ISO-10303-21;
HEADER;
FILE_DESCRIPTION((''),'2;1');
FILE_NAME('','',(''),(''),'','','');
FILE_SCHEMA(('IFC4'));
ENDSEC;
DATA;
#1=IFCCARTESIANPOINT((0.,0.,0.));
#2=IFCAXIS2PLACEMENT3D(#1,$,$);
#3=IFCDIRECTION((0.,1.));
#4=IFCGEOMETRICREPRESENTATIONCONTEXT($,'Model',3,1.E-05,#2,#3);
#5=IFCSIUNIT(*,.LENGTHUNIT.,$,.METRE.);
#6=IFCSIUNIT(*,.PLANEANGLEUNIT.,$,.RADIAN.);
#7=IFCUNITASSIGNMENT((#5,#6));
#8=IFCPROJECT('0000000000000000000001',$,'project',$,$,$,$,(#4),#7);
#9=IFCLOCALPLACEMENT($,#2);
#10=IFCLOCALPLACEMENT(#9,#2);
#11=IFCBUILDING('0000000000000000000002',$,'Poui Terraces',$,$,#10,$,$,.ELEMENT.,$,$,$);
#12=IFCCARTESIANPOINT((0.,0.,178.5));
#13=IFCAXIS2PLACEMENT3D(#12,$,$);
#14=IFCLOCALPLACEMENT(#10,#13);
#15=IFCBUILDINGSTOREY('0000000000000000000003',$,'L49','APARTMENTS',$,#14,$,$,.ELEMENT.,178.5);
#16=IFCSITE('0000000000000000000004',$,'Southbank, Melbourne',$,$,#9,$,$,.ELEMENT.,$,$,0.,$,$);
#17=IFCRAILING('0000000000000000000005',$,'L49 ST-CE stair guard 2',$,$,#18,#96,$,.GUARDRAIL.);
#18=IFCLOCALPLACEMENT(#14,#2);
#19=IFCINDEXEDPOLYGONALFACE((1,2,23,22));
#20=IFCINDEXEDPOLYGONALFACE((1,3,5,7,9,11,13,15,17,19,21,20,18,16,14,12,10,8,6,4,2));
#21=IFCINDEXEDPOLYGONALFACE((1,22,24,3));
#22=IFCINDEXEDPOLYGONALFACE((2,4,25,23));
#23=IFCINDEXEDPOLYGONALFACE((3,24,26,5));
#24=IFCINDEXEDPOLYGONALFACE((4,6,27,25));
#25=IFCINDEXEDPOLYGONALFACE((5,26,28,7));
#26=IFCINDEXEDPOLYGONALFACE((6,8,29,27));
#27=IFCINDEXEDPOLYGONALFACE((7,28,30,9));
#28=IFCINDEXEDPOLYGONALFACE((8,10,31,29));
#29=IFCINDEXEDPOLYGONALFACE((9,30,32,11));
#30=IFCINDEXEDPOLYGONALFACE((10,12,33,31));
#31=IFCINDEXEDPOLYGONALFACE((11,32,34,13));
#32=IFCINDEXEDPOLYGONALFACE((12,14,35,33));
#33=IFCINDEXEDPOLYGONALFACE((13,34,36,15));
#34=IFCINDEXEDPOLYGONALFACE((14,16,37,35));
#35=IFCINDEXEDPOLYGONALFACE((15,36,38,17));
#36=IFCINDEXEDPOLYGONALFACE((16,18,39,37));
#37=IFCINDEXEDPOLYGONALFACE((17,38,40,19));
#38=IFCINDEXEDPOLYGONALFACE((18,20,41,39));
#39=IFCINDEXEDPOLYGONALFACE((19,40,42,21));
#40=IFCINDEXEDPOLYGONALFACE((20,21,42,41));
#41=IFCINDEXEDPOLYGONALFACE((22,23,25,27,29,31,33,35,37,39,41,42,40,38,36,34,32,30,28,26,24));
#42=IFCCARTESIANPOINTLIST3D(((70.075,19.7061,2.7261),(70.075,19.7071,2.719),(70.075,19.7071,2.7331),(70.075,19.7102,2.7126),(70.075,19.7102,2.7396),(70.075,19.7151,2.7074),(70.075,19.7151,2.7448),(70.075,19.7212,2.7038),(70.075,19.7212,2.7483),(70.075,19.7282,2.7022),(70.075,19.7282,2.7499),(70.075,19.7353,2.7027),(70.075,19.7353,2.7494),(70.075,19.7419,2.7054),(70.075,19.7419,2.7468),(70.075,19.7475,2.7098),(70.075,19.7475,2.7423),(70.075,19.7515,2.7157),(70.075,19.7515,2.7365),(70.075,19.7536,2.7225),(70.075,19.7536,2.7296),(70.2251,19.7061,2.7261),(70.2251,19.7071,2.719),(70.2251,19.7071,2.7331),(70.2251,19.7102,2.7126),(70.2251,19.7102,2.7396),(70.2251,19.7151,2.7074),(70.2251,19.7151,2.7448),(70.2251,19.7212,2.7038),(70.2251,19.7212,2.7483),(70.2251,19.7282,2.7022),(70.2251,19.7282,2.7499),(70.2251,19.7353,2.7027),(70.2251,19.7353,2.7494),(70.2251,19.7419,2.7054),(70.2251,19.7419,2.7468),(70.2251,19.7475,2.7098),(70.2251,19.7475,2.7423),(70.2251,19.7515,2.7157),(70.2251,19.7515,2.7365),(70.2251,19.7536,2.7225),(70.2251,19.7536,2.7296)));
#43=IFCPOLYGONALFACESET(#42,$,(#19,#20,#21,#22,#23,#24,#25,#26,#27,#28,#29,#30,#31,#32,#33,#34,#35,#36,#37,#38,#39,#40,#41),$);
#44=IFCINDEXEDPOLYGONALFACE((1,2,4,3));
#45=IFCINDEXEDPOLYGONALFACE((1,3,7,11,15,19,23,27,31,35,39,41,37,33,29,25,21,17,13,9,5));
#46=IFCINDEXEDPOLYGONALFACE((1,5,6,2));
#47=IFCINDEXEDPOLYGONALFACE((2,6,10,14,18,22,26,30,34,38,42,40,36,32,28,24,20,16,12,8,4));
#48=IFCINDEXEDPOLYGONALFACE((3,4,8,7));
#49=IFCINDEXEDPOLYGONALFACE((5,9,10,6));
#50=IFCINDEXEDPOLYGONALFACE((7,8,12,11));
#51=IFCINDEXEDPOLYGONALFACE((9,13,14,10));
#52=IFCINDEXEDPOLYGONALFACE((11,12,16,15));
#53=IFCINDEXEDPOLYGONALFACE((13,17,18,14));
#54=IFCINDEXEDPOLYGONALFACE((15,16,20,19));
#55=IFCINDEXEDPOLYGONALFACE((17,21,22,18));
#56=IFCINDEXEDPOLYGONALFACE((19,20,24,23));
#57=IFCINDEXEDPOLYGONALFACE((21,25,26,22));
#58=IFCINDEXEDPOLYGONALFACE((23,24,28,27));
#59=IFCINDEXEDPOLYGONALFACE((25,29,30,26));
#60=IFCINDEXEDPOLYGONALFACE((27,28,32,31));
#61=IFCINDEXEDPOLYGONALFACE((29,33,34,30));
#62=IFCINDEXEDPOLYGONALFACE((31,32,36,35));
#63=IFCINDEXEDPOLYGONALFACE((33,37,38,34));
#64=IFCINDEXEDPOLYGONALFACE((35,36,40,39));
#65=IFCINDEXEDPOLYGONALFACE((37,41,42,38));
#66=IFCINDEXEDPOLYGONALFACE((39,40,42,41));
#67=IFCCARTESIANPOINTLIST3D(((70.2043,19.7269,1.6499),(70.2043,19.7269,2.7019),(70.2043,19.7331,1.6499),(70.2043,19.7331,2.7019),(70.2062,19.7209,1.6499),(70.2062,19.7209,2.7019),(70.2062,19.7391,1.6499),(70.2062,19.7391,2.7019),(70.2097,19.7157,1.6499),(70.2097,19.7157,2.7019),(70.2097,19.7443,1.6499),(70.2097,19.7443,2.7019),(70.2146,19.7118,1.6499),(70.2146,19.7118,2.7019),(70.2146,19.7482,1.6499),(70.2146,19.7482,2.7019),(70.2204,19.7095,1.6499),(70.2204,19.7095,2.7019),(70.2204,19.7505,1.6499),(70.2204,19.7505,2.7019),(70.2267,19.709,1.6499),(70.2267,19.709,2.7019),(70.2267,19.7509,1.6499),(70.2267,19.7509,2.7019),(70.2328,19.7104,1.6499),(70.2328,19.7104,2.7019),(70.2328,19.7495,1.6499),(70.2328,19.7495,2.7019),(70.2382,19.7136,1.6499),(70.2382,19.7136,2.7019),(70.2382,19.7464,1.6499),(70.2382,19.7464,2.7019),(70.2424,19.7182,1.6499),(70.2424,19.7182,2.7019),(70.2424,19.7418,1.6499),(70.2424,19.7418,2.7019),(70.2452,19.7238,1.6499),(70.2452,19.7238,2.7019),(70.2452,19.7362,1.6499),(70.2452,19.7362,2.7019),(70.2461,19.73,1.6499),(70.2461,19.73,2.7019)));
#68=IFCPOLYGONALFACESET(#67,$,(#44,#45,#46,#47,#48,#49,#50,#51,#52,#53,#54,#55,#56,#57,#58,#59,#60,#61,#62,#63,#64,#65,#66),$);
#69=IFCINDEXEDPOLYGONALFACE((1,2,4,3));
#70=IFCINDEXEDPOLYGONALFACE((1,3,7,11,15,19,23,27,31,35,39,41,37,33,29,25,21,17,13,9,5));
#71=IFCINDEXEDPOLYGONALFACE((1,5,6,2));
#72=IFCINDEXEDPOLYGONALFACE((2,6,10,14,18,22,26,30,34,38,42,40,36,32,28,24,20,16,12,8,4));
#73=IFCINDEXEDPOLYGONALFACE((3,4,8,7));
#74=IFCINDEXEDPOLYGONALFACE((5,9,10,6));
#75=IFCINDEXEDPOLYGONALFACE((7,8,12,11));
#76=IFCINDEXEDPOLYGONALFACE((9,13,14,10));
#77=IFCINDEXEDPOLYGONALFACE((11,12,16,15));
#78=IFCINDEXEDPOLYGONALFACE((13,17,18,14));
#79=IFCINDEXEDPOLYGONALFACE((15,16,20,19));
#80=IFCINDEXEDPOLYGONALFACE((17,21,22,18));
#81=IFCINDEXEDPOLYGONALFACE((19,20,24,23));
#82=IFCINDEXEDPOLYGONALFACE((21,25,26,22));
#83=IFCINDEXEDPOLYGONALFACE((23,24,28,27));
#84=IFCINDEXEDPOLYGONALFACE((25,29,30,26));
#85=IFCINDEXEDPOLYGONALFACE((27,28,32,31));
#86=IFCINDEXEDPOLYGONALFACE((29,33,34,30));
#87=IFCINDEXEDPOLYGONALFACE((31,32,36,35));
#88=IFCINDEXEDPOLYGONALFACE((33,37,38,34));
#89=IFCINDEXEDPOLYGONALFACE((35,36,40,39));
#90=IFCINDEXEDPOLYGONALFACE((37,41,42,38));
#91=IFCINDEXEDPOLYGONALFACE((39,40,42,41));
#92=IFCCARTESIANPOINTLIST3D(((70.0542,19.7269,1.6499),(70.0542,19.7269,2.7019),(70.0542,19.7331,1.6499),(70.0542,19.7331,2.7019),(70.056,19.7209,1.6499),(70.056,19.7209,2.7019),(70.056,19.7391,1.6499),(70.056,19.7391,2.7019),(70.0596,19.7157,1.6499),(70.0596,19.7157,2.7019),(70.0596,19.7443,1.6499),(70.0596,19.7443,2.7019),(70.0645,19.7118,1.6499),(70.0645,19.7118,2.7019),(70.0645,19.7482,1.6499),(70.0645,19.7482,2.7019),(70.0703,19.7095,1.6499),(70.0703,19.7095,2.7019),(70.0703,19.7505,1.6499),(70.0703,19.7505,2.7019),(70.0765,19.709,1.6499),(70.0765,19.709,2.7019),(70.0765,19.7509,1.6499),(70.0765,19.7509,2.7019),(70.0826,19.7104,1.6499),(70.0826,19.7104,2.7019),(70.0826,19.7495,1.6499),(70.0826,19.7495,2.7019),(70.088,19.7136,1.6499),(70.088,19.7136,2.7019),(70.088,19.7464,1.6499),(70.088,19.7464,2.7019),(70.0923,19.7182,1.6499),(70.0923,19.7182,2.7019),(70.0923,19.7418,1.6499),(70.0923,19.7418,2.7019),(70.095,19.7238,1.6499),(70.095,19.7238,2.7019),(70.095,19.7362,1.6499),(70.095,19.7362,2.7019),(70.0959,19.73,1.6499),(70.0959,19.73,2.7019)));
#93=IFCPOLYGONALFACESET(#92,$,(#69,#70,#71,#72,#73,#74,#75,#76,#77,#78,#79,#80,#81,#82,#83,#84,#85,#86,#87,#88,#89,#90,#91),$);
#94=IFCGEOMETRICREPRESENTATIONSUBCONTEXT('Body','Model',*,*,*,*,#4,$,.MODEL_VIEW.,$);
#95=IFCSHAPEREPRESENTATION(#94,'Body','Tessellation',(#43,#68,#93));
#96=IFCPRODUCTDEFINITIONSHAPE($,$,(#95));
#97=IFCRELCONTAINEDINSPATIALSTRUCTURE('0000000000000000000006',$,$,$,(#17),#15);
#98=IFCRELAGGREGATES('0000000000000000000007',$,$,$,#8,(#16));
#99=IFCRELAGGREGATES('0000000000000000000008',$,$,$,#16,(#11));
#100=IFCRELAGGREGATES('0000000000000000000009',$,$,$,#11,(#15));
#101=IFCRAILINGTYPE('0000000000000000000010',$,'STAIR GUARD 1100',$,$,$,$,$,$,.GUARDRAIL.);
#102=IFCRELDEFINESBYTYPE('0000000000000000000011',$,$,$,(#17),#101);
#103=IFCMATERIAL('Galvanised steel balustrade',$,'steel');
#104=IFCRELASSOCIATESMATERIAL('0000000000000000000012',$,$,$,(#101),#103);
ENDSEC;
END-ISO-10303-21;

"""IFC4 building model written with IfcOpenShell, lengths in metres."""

from ifc_helpers import new_model, si_unit, direction, frame, origin, origin_2d, place, context, subcontext, project, spatial, circle, extrude, material, type_object, element, save


model = new_model("IFC4")

# Units and contexts
model_context = context("Model", 3, precision=1e-05, world=origin(), true_north=direction((0.0, 1.0)))
body_context = subcontext(model_context, "Body", "Model", "MODEL_VIEW")
ifc_project = project(units=[si_unit("LENGTHUNIT", "METRE"), si_unit("PLANEANGLEUNIT", "RADIAN")], contexts=[model_context])

# Site, building, storey
site_placement = place(None, origin())
site = spatial("IfcSite", under=ifc_project, at=site_placement, Name="Southbank, Melbourne", CompositionType="ELEMENT", RefElevation=0.0)
building_placement = place(site_placement, origin())
building = spatial("IfcBuilding", under=site, at=building_placement, Name="Poui Terraces", CompositionType="ELEMENT")
storey_placement = place(building_placement, frame((0.0, 0.0, 178.5)))
storey = spatial("IfcBuildingStorey", under=building, at=storey_placement, Name="L49", Description="APARTMENTS", CompositionType="ELEMENT", Elevation=178.5)

# Railing
ifc_material_1 = material(Name="Galvanised steel balustrade", Category="steel")
railing_type_1 = type_object("IfcRailingType", Name="STAIR GUARD 1100", PredefinedType="GUARDRAIL", material=ifc_material_1)
railing_1_placement = place(storey_placement, frame((70.2251, 19.73, 1.6499)))
element("IfcRailing", 1, at=railing_1_placement, inside=storey, type_object=railing_type_1, Name="L49 ST-CE stair guard 2", PredefinedType="GUARDRAIL", context=body_context, shape_type="SweptSolid", body=[
    extrude(circle(Radius=0.0239, at=origin_2d()), frame((0.0, 0.0, 1.0762), z_axis=(-1.0, 0.0, 0.0), x_axis=(0.0, -1.0, 0.0)), (0.0, 0.0, 1.0), 0.1501),
    extrude(circle(Radius=0.021, at=origin_2d()), origin(), (0.0, 0.0, 1.0), 1.052),
    extrude(circle(Radius=0.021, at=origin_2d()), frame((-0.1501, 0.0, 0.0)), (0.0, 0.0, 1.0), 1.052),
])

save(model, "model.ifc")
